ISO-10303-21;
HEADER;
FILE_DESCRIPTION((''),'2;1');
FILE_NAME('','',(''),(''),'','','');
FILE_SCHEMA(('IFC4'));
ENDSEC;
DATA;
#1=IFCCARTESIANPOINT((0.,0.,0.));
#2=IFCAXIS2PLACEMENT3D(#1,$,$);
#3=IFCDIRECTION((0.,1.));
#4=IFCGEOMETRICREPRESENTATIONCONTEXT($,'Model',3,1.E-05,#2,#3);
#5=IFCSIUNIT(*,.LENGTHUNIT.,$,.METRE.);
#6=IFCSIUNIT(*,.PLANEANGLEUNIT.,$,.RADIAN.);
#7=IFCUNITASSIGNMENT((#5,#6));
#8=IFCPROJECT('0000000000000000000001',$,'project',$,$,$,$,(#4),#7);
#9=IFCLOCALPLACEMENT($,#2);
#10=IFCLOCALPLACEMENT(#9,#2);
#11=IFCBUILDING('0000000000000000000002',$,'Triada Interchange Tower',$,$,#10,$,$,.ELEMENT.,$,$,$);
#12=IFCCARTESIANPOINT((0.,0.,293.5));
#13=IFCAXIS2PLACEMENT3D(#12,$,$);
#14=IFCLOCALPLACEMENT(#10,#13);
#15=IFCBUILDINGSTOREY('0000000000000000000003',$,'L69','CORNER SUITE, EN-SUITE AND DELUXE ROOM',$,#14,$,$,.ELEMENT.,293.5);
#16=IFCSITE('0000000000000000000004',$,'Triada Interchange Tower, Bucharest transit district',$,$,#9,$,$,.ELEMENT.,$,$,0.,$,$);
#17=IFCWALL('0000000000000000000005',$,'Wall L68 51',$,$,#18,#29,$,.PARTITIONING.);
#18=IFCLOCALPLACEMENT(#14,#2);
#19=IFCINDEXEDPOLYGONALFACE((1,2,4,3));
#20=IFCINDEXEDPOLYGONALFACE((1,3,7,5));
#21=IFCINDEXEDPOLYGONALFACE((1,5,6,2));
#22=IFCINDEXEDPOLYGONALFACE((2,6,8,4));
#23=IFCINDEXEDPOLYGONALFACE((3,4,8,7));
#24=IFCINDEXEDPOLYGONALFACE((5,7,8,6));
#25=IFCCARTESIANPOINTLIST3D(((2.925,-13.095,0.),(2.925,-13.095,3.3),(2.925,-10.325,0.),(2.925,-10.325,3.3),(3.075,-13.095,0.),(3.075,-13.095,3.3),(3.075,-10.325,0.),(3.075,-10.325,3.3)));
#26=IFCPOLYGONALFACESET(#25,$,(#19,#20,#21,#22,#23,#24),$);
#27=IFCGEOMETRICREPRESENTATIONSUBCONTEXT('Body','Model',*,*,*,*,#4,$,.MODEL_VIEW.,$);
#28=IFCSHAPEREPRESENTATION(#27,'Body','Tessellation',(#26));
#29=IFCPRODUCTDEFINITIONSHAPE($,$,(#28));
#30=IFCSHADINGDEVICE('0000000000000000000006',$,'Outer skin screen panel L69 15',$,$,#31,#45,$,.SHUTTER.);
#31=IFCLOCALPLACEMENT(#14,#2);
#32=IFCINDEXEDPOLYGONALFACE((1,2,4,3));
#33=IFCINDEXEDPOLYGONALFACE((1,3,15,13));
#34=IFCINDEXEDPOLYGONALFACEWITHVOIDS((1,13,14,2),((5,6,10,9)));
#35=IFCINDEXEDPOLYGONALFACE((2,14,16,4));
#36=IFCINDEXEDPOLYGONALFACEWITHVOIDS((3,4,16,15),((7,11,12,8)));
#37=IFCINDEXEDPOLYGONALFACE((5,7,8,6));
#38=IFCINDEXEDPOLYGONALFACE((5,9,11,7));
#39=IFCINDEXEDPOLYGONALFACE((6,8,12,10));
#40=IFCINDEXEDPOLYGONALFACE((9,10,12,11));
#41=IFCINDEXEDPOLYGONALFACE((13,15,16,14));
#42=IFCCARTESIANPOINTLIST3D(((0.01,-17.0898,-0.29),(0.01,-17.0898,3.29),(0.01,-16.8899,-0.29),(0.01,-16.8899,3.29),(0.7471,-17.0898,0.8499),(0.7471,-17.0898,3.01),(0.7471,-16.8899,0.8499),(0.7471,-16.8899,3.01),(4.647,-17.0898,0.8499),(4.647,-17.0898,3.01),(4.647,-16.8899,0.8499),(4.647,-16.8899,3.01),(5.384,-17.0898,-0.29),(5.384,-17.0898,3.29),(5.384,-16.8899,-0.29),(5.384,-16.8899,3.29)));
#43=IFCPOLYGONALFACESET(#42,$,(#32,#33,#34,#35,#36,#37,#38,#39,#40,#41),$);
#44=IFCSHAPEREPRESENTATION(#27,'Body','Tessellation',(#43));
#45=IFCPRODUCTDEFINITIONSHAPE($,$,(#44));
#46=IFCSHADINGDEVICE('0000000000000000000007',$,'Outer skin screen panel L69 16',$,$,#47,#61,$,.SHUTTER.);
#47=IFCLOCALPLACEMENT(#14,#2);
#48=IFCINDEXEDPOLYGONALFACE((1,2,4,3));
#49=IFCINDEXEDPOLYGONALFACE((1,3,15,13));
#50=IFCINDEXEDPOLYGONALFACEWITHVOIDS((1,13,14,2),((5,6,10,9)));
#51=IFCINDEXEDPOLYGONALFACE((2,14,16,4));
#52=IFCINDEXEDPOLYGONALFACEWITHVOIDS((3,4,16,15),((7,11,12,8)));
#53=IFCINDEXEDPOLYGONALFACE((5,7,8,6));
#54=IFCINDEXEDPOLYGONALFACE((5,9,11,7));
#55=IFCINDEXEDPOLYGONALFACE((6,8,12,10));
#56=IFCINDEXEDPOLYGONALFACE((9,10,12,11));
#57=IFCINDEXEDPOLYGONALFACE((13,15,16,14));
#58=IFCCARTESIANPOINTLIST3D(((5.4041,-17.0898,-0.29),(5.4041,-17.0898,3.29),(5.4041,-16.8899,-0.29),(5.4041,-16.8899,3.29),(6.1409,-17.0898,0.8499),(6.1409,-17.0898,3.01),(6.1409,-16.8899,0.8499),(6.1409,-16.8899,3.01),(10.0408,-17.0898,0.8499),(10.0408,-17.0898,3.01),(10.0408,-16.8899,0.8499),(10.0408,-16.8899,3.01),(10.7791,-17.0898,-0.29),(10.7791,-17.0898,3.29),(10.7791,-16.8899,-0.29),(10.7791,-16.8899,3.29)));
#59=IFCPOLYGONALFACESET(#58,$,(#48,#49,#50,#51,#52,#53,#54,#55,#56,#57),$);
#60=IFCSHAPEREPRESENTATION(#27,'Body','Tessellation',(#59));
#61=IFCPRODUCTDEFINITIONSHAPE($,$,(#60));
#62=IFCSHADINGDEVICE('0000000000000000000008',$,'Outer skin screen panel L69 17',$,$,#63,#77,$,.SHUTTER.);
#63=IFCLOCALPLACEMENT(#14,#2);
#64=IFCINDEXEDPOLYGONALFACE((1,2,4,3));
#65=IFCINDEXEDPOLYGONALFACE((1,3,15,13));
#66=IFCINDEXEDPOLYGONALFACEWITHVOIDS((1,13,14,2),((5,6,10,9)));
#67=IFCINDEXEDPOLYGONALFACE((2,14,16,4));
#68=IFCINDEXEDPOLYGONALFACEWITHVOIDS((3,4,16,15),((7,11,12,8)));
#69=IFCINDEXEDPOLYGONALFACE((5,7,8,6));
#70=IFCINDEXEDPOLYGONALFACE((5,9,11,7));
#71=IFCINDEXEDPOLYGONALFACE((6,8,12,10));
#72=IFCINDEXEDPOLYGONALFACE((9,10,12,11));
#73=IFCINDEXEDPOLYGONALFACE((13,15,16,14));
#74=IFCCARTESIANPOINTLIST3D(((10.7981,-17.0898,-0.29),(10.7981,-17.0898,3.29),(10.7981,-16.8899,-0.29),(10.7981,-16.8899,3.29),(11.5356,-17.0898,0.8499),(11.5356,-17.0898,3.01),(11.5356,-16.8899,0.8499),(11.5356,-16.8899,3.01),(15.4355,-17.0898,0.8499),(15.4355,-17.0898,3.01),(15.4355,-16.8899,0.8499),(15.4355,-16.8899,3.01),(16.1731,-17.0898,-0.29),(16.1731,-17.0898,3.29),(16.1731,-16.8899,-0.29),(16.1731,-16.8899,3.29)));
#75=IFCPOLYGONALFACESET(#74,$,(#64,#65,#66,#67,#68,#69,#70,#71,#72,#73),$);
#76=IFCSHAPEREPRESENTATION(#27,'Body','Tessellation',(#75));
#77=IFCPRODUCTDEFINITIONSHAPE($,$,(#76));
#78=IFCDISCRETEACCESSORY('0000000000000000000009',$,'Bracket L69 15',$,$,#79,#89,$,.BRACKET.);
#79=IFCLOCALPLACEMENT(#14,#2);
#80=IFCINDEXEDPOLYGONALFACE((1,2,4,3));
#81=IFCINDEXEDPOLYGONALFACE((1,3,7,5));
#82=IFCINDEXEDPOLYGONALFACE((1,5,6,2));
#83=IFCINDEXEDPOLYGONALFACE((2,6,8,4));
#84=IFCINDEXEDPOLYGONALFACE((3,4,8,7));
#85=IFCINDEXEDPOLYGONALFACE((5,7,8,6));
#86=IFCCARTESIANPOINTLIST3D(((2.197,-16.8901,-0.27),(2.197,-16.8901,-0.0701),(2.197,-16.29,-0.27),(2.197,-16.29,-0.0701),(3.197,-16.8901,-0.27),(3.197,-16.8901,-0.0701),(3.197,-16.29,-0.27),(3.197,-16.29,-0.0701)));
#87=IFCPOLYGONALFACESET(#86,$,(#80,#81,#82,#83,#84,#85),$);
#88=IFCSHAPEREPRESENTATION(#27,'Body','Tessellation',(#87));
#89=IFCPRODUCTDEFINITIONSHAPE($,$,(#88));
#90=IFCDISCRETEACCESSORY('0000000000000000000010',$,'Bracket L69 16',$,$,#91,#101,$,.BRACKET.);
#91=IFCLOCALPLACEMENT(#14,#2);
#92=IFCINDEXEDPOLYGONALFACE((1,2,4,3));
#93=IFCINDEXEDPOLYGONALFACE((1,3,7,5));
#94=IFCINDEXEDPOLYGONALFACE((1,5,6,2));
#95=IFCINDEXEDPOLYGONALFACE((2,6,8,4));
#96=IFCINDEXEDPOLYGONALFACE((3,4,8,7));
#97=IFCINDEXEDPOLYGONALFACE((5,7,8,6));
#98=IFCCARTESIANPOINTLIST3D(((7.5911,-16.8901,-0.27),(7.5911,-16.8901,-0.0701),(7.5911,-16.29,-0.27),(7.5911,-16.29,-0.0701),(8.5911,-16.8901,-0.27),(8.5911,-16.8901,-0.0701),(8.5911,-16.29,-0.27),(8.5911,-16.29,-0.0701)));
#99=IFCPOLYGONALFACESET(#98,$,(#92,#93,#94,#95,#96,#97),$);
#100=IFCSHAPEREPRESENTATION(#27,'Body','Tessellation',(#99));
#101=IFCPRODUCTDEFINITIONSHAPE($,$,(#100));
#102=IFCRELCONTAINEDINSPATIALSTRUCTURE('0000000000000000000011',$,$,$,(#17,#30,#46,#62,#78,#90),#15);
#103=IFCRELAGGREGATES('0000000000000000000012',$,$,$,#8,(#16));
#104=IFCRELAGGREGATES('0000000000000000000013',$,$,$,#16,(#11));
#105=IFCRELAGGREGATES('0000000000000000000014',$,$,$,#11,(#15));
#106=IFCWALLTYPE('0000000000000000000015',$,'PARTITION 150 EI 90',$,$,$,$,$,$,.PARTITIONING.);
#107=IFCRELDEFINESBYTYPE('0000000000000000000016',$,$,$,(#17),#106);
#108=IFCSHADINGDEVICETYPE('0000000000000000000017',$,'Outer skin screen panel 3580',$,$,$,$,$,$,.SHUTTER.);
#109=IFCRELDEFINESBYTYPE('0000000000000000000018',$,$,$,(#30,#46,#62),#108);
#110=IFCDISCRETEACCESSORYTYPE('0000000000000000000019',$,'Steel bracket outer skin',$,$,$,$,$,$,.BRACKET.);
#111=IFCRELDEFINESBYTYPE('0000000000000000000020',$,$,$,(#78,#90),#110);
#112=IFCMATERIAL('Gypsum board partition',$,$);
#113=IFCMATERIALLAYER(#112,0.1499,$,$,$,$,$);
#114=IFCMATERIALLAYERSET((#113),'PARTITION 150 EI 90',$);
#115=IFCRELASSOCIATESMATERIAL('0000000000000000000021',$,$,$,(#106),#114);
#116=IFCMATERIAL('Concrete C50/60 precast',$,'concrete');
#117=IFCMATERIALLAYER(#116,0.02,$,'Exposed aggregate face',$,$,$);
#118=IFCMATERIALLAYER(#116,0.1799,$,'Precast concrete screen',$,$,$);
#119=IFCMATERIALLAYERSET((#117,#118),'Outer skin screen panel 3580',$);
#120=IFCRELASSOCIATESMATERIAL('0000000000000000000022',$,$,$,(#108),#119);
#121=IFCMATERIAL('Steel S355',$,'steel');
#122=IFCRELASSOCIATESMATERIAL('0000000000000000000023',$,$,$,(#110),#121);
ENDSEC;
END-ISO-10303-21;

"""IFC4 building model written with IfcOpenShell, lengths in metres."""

from ifc_helpers import new_model, si_unit, direction, frame, frame_2d, origin, origin_2d, place, context, subcontext, project, spatial, polyline, rectangle, outline, extrude, material, layer, layer_set, type_object, element, save


model = new_model("IFC4")

# Units and contexts
model_context = context("Model", 3, precision=1e-05, world=origin(), true_north=direction((0.0, 1.0)))
body_context = subcontext(model_context, "Body", "Model", "MODEL_VIEW")
ifc_project = project(units=[si_unit("LENGTHUNIT", "METRE"), si_unit("PLANEANGLEUNIT", "RADIAN")], contexts=[model_context])

# Site, building, storey
site_placement = place(None, origin())
site = spatial("IfcSite", under=ifc_project, at=site_placement, Name="Triada Interchange Tower, Bucharest transit district", CompositionType="ELEMENT", RefElevation=0.0)
building_placement = place(site_placement, origin())
building = spatial("IfcBuilding", under=site, at=building_placement, Name="Triada Interchange Tower", CompositionType="ELEMENT")
storey_placement = place(building_placement, frame((0.0, 0.0, 293.5)))
storey = spatial("IfcBuildingStorey", under=building, at=storey_placement, Name="L69", Description="CORNER SUITE, EN-SUITE AND DELUXE ROOM", CompositionType="ELEMENT", Elevation=293.5)

# Shared definitions
ifc_material_1 = material(Name="Gypsum board partition")
ifc_layer_1 = layer(ifc_material_1, 0.1499)
ifc_layer_set_1 = layer_set([ifc_layer_1], Name="PARTITION 150 EI 90")
wall_type_1 = type_object("IfcWallType", Name="PARTITION 150 EI 90", PredefinedType="PARTITIONING", material=ifc_layer_set_1)

# Wall
wall_1_placement = place(storey_placement, frame((3.0, -13.095, 0.0), z_axis=(0.0, 0.0, 1.0), x_axis=(0.0, 1.0, 0.0)))
element("IfcWall", 1, at=wall_1_placement, inside=storey, type_object=wall_type_1, Name="Wall L68 51", PredefinedType="PARTITIONING", context=body_context, shape_type="SweptSolid", body=[
    extrude(rectangle(XDim=2.77, YDim=0.1499, at=frame_2d((1.385, 0.0))), origin(), (0.0, 0.0, 1.0), 3.3),
])

# Shading devices
ifc_material_2 = material(Name="Concrete C50/60 precast", Category="concrete")
ifc_layer_2 = layer(ifc_material_2, 0.02, Name="Exposed aggregate face")
ifc_layer_3 = layer(ifc_material_2, 0.1799, Name="Precast concrete screen")
ifc_layer_set_2 = layer_set([ifc_layer_2, ifc_layer_3], Name="Outer skin screen panel 3580")
shading_device_type = type_object("IfcShadingDeviceType", Name="Outer skin screen panel 3580", PredefinedType="SHUTTER", material=ifc_layer_set_2)
shading_device_1_placement = place(storey_placement, frame((0.01, -16.8899, -0.29), z_axis=(0.0, 0.0, 1.0), x_axis=(1.0, 0.0, 0.0)))
element("IfcShadingDevice", 2, at=shading_device_1_placement, inside=storey, type_object=shading_device_type, Name="Outer skin screen panel L69 15", PredefinedType="SHUTTER", context=body_context, shape_type="SweptSolid", body=[
    extrude(outline(polyline([(0.0, 0.0), (5.374, 0.0), (5.374, 3.5801), (0.0, 3.5801), (0.0, 0.0)]), holes=[polyline([(0.7371, 1.1399), (0.7371, 3.3), (4.637, 3.3), (4.637, 1.1399), (0.7371, 1.1399)])]), frame((0.0, 0.0, 0.0), z_axis=(0.0, -1.0, 0.0), x_axis=(1.0, 0.0, 0.0)), (0.0, 0.0, 1.0), 0.2),
])
shading_device_2_placement = place(storey_placement, frame((5.4041, -16.8899, -0.29), z_axis=(0.0, 0.0, 1.0), x_axis=(1.0, 0.0, 0.0)))
element("IfcShadingDevice", 3, at=shading_device_2_placement, inside=storey, type_object=shading_device_type, Name="Outer skin screen panel L69 16", PredefinedType="SHUTTER", context=body_context, shape_type="SweptSolid", body=[
    extrude(outline(polyline([(0.0, 0.0), (5.375, 0.0), (5.375, 3.5801), (0.0, 3.5801), (0.0, 0.0)]), holes=[polyline([(0.7368, 1.1399), (0.7368, 3.3), (4.6367, 3.3), (4.6367, 1.1399), (0.7368, 1.1399)])]), frame((0.0, 0.0, 0.0), z_axis=(0.0, -1.0, 0.0), x_axis=(1.0, 0.0, 0.0)), (0.0, 0.0, 1.0), 0.2),
])
shading_device_3_placement = place(storey_placement, frame((10.7981, -16.8899, -0.29), z_axis=(0.0, 0.0, 1.0), x_axis=(1.0, 0.0, 0.0)))
element("IfcShadingDevice", 4, at=shading_device_3_placement, inside=storey, type_object=shading_device_type, Name="Outer skin screen panel L69 17", PredefinedType="SHUTTER", context=body_context, shape_type="SweptSolid", body=[
    extrude(outline(polyline([(0.0, 0.0), (5.375, 0.0), (5.375, 3.5801), (0.0, 3.5801), (0.0, 0.0)]), holes=[polyline([(0.7375, 1.1399), (0.7375, 3.3), (4.6375, 3.3), (4.6375, 1.1399), (0.7375, 1.1399)])]), frame((0.0, 0.0, 0.0), z_axis=(0.0, -1.0, 0.0), x_axis=(1.0, 0.0, 0.0)), (0.0, 0.0, 1.0), 0.2),
])

# Discrete accessories
ifc_material_3 = material(Name="Steel S355", Category="steel")
discrete_accessory_type = type_object("IfcDiscreteAccessoryType", Name="Steel bracket outer skin", PredefinedType="BRACKET", material=ifc_material_3)
for number, where, z_axis, x_axis, name in (
    (5, (2.697, -16.5901, -0.27), (0.0, 0.0, 1.0), (0.0, -1.0, 0.0), "Bracket L69 15"),
    (6, (8.0911, -16.5901, -0.27), (0.0, 0.0, 1.0), (0.0, -1.0, 0.0), "Bracket L69 16"),
):
    element("IfcDiscreteAccessory", number, at=place(storey_placement, frame(where, z_axis=z_axis, x_axis=x_axis)), inside=storey, type_object=discrete_accessory_type, Name=name, PredefinedType="BRACKET", context=body_context, shape_type="SweptSolid", body=[
        extrude(rectangle(XDim=0.6001, YDim=1.0, at=origin_2d()), origin(), (0.0, 0.0, 1.0), 0.2),
    ])

save(model, "model.ifc")
